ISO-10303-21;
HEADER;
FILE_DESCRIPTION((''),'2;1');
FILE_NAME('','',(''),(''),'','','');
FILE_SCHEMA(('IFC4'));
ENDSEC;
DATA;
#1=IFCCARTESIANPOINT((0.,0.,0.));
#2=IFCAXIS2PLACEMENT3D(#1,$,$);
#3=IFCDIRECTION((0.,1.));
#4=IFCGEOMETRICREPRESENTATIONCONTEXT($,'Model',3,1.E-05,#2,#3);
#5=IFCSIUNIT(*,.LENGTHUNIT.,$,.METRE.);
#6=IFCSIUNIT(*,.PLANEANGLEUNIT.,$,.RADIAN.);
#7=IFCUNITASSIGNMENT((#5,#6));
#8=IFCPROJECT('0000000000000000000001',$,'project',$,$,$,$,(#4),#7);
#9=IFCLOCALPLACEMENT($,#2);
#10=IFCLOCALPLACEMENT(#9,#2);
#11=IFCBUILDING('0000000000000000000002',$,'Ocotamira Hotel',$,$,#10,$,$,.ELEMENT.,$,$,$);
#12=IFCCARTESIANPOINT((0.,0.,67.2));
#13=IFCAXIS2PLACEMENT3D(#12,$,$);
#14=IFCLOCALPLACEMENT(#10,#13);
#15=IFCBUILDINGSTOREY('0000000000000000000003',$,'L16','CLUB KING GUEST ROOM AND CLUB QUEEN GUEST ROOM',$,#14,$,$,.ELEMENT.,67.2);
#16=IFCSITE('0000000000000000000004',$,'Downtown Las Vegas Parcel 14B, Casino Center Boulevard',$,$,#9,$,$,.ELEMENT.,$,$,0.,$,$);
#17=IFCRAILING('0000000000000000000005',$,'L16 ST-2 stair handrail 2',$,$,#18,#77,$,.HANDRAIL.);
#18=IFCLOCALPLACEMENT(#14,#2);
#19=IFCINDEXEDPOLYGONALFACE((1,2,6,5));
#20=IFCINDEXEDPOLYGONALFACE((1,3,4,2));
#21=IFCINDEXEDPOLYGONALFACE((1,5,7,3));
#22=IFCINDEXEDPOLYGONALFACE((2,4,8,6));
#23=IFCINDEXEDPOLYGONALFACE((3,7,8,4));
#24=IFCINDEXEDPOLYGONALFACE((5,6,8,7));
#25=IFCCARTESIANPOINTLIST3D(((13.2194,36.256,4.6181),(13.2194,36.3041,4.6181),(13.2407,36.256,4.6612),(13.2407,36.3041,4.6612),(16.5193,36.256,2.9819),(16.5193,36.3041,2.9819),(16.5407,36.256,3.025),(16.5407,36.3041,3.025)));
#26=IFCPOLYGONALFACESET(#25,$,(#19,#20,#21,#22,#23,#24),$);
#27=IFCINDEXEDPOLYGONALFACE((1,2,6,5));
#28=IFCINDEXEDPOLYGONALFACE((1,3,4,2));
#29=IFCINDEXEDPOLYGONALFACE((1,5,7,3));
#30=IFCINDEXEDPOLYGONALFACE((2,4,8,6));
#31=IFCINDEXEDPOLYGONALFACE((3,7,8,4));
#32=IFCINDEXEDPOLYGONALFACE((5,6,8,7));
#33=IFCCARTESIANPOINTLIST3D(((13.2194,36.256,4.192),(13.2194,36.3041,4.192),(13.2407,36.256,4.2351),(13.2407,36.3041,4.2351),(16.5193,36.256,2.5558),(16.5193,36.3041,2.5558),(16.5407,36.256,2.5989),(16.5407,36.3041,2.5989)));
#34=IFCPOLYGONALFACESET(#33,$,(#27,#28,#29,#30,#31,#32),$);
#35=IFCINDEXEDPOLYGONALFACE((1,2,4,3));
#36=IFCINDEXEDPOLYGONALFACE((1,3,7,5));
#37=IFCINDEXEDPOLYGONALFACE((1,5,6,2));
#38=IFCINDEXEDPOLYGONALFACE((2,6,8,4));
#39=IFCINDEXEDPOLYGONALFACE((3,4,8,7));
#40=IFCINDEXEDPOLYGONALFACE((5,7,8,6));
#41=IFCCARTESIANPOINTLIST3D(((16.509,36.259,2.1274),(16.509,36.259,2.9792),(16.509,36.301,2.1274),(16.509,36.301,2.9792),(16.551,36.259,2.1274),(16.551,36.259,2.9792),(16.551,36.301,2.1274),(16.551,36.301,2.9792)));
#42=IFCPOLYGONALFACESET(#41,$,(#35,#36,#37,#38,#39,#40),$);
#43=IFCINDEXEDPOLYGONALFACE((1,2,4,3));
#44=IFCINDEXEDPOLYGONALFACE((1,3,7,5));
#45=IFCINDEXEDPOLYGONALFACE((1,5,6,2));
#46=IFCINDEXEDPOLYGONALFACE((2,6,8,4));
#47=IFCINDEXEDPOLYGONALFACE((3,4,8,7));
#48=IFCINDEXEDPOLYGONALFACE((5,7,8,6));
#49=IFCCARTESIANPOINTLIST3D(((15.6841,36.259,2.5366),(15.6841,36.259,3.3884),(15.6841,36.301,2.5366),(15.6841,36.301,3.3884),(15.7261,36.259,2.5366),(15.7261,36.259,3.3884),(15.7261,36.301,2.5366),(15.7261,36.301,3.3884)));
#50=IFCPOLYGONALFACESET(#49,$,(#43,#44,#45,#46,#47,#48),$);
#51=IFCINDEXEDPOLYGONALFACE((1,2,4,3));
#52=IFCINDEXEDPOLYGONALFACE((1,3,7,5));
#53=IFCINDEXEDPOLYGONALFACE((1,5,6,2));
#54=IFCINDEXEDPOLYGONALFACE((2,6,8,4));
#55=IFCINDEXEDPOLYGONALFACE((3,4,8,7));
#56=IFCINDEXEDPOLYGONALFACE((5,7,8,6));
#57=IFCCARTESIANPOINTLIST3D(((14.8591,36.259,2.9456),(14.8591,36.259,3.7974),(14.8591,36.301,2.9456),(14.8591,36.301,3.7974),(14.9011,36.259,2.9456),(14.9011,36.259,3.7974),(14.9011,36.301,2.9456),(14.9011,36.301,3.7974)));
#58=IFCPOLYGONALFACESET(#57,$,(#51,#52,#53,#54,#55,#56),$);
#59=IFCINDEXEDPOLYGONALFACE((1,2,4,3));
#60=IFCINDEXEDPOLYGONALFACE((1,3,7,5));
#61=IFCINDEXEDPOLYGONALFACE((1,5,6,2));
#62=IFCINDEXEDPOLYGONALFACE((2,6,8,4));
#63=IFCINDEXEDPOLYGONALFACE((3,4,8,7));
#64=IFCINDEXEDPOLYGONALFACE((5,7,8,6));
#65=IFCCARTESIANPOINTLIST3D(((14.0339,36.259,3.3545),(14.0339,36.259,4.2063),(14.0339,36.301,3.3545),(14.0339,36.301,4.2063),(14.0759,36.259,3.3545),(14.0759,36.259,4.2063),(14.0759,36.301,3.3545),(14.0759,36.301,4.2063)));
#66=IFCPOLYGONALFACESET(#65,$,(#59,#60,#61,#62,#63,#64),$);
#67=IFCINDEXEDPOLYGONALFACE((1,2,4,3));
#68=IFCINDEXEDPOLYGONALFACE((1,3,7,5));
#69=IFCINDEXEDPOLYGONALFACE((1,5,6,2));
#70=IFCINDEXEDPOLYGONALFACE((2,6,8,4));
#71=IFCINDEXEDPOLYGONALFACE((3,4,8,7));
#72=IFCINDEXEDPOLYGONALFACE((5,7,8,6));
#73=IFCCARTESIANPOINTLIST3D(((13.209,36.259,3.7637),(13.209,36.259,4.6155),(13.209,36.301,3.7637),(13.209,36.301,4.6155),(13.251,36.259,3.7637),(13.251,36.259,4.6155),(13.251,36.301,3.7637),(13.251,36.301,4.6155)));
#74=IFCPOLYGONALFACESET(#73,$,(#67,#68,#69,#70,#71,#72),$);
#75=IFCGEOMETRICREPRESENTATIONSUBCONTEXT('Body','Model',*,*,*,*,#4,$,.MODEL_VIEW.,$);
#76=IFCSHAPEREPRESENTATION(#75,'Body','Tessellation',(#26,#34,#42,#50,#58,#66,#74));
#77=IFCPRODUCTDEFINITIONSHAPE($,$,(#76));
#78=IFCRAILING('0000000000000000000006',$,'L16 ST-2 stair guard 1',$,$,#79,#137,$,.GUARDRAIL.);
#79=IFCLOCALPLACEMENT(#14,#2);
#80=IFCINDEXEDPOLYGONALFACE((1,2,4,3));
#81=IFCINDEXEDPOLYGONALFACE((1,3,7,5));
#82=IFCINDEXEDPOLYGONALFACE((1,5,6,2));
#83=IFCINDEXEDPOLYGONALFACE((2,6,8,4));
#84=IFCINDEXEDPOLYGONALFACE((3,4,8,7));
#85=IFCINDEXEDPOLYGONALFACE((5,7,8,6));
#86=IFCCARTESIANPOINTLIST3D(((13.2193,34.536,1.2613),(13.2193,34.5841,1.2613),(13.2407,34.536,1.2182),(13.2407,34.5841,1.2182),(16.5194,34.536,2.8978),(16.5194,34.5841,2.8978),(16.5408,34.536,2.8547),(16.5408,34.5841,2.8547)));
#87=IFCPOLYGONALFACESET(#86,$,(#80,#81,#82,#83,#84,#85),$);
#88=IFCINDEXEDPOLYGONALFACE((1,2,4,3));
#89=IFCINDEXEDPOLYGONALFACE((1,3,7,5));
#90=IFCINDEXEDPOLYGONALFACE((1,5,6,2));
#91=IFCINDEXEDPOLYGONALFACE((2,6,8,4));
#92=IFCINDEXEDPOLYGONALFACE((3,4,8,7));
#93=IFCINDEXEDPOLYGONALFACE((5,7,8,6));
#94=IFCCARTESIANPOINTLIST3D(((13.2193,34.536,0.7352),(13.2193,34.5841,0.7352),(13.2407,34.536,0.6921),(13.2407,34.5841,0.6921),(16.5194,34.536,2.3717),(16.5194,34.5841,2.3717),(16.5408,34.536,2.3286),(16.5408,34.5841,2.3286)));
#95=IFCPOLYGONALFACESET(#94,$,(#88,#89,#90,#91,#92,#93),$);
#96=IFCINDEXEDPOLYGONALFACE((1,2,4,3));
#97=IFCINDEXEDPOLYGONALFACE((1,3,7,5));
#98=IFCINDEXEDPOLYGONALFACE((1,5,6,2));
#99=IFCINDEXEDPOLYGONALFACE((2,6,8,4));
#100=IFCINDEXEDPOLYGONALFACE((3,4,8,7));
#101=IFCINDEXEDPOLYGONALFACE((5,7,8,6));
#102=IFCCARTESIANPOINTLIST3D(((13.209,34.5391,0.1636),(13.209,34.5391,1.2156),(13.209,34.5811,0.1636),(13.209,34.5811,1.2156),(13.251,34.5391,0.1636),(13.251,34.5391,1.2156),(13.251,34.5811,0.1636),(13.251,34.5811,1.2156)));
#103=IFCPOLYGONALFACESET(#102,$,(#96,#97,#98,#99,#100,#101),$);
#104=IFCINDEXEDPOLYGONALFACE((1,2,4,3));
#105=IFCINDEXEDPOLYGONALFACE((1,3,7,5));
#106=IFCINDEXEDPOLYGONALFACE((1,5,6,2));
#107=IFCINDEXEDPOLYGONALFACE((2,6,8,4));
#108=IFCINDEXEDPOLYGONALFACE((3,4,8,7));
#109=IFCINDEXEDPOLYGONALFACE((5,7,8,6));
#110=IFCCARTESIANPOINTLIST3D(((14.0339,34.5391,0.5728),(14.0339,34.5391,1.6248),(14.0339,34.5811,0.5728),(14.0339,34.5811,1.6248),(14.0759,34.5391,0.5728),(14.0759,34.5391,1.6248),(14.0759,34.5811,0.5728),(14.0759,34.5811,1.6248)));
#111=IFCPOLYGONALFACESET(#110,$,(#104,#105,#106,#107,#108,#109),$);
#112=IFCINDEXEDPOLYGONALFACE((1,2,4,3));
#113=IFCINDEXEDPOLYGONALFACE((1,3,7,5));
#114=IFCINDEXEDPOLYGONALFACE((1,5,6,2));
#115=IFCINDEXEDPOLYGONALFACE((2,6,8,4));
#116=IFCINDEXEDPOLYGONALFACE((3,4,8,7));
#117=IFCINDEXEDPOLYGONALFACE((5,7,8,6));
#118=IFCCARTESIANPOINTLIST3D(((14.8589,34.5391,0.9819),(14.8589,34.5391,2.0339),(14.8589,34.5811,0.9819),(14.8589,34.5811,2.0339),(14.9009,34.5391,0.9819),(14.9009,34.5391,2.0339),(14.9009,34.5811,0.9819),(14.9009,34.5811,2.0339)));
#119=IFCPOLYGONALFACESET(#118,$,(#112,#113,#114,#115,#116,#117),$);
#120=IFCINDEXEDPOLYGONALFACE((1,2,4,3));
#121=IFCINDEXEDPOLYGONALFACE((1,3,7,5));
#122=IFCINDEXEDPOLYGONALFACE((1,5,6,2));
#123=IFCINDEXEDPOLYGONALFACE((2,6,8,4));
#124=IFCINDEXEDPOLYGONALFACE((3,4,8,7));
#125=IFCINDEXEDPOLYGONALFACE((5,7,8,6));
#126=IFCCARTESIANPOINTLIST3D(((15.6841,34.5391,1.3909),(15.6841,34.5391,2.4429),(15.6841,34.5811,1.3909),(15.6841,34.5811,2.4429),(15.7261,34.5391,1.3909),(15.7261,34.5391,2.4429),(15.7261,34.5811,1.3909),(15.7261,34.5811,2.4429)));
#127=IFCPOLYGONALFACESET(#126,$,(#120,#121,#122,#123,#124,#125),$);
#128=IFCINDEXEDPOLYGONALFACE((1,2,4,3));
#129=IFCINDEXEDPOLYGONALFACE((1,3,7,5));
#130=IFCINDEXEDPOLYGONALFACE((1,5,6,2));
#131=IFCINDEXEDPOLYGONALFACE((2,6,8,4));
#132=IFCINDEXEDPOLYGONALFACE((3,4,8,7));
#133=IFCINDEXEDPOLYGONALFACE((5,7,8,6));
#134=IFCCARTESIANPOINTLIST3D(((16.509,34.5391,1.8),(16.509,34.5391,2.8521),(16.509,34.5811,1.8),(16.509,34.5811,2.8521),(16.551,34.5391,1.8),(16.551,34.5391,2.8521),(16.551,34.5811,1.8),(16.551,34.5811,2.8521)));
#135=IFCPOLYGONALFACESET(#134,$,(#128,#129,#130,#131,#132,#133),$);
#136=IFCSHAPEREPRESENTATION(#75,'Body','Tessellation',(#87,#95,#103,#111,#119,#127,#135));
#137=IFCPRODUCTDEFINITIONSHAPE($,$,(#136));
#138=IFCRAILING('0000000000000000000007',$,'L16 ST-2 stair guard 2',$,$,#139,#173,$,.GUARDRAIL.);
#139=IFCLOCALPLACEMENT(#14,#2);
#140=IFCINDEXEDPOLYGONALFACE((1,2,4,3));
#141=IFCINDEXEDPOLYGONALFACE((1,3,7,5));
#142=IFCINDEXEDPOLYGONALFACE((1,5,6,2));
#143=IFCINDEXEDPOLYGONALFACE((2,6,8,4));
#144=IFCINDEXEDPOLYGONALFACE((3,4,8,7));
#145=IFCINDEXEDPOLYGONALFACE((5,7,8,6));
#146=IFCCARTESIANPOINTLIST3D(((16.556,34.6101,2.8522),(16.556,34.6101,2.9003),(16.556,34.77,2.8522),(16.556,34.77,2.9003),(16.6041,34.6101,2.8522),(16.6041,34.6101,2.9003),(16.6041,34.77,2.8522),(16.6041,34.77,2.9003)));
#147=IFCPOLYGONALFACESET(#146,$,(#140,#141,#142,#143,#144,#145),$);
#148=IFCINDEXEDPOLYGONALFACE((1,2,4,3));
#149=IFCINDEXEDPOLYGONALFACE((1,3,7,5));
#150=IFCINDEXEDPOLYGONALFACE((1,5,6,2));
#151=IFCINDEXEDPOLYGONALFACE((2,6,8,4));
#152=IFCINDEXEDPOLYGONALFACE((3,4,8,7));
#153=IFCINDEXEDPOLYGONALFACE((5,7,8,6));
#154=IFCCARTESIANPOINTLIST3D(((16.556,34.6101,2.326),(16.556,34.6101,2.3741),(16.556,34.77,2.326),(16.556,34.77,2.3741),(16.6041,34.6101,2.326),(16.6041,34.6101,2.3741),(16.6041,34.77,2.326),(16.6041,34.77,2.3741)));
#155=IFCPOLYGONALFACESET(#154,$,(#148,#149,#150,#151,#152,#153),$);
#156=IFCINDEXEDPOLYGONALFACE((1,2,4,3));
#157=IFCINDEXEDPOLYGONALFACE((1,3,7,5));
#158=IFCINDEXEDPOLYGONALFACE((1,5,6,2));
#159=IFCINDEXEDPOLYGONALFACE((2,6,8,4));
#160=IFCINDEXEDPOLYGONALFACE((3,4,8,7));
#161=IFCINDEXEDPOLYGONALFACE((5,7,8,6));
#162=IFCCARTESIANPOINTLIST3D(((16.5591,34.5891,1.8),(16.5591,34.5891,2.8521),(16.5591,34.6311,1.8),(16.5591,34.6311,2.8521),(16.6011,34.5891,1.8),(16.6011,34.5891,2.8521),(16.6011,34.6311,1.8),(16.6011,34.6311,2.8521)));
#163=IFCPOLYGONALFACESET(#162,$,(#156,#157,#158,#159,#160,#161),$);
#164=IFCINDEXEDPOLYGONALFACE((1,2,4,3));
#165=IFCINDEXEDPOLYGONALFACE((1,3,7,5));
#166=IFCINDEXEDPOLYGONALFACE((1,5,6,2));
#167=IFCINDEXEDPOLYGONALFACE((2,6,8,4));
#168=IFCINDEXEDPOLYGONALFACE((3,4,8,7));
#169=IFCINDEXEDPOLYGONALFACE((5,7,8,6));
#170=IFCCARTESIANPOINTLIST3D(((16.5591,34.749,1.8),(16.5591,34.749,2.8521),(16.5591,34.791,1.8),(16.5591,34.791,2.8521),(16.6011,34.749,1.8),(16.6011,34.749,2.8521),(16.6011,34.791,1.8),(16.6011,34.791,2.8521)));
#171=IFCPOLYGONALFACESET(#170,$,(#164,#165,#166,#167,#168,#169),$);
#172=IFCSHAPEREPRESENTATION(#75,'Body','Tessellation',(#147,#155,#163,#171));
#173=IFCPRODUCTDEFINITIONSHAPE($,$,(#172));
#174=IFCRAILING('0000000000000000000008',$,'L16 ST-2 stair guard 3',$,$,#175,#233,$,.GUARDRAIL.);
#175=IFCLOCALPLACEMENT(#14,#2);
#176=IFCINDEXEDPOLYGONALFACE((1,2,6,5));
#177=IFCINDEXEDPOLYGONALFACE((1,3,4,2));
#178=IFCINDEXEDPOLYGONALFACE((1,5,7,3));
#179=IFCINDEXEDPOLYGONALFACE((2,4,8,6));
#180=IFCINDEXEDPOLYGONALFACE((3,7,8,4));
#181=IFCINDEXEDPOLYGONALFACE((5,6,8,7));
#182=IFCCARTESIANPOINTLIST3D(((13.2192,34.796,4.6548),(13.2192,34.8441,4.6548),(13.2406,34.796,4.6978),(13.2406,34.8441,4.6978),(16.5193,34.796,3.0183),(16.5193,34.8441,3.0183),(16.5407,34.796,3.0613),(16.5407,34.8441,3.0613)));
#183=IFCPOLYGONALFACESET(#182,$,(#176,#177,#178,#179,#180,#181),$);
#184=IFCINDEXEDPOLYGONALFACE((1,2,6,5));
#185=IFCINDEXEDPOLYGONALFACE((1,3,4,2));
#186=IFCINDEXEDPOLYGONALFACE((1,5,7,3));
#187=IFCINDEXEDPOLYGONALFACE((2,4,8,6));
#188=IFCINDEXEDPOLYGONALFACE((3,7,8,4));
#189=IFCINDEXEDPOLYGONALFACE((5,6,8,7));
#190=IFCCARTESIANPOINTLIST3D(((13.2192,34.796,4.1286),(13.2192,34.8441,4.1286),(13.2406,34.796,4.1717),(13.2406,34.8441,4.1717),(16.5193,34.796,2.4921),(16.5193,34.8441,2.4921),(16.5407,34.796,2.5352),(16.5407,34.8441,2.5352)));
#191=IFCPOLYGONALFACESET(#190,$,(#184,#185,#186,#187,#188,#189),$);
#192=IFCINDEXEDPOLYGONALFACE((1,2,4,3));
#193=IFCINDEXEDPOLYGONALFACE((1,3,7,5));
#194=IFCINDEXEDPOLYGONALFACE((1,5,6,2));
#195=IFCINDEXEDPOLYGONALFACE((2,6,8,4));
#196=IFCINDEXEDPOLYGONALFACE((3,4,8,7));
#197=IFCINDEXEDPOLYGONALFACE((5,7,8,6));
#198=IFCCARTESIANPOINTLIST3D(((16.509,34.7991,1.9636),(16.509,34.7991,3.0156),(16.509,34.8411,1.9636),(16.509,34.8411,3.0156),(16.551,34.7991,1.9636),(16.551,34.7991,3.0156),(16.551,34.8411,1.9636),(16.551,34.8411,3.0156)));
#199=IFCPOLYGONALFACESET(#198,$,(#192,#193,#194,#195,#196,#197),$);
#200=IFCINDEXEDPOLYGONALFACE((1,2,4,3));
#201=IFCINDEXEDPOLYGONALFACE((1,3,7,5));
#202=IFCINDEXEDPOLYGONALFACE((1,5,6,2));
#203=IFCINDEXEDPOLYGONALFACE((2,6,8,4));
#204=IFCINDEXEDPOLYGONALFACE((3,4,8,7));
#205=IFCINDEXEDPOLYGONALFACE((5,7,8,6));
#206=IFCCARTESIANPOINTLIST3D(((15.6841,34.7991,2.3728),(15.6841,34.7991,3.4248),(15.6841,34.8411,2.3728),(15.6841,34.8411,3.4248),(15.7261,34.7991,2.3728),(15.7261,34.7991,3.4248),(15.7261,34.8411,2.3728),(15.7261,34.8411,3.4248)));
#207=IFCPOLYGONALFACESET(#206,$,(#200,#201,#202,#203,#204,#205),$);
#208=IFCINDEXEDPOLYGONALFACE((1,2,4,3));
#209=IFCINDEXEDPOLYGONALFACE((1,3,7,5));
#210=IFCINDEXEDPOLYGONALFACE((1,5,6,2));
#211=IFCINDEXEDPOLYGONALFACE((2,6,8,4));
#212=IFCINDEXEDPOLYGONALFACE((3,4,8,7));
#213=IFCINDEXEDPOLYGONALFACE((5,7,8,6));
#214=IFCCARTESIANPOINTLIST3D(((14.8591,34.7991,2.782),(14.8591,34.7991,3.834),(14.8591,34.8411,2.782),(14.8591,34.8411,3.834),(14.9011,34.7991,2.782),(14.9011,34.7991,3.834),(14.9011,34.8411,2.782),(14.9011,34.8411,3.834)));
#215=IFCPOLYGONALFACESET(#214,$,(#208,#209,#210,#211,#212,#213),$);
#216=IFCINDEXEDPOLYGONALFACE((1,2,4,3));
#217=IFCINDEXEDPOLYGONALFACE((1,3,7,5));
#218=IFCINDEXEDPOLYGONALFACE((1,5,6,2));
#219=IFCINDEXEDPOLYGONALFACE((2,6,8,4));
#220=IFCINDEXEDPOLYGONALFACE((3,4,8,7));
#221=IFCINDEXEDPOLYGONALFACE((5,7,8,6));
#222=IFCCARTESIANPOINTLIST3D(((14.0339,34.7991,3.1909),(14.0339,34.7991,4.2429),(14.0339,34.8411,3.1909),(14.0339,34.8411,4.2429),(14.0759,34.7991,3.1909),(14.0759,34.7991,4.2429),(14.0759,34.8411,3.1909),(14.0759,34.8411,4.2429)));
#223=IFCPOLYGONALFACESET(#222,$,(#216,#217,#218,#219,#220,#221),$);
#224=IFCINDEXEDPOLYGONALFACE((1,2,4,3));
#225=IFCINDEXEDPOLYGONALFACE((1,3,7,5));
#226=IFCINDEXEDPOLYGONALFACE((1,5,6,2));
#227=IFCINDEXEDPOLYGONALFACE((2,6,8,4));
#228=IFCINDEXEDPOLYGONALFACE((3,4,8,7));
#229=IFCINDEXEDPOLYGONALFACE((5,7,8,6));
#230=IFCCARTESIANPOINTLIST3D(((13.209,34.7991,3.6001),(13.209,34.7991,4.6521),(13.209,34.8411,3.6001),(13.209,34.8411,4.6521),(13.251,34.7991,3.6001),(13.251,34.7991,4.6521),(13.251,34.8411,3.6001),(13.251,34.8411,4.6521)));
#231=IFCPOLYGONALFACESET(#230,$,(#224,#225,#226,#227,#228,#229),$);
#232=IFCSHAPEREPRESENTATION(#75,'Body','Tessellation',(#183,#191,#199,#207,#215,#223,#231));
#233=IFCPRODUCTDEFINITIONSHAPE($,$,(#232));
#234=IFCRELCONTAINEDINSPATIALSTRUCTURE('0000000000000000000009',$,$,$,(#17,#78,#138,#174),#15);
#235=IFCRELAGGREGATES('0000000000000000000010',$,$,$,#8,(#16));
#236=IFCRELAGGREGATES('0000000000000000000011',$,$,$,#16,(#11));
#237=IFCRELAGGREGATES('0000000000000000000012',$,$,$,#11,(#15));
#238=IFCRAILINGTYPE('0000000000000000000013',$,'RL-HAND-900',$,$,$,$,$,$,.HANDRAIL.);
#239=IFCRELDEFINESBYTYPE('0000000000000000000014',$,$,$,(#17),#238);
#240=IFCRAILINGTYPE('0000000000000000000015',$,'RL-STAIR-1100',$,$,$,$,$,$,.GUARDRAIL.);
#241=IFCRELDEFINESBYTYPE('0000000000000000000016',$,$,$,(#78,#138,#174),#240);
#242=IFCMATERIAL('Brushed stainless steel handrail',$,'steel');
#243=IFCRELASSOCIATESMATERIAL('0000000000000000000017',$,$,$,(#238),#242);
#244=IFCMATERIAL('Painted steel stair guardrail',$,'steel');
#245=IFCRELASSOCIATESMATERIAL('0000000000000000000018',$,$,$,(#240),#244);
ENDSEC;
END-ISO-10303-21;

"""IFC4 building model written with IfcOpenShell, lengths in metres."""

from ifc_helpers import new_model, si_unit, direction, frame, origin, origin_2d, place, context, subcontext, project, spatial, rectangle, extrude, material, type_object, element, save


model = new_model("IFC4")

# Units and contexts
model_context = context("Model", 3, precision=1e-05, world=origin(), true_north=direction((0.0, 1.0)))
body_context = subcontext(model_context, "Body", "Model", "MODEL_VIEW")
ifc_project = project(units=[si_unit("LENGTHUNIT", "METRE"), si_unit("PLANEANGLEUNIT", "RADIAN")], contexts=[model_context])

# Site, building, storey
site_placement = place(None, origin())
site = spatial("IfcSite", under=ifc_project, at=site_placement, Name="Downtown Las Vegas Parcel 14B, Casino Center Boulevard", CompositionType="ELEMENT", RefElevation=0.0)
building_placement = place(site_placement, origin())
building = spatial("IfcBuilding", under=site, at=building_placement, Name="Ocotamira Hotel", CompositionType="ELEMENT")
storey_placement = place(building_placement, frame((0.0, 0.0, 67.2)))
storey = spatial("IfcBuildingStorey", under=building, at=storey_placement, Name="L16", Description="CLUB KING GUEST ROOM AND CLUB QUEEN GUEST ROOM", CompositionType="ELEMENT", Elevation=67.2)

# Railings
ifc_material_1 = material(Name="Brushed stainless steel handrail", Category="steel")
railing_type_1 = type_object("IfcRailingType", Name="RL-HAND-900", PredefinedType="HANDRAIL", material=ifc_material_1)
railing_1_placement = place(storey_placement, frame((16.53, 36.28, 2.1274)))
element("IfcRailing", 1, at=railing_1_placement, inside=storey, type_object=railing_type_1, Name="L16 ST-2 stair handrail 2", PredefinedType="HANDRAIL", context=body_context, shape_type="SweptSolid", body=[
    extrude(rectangle(XDim=0.0481, YDim=0.0481, at=origin_2d()), frame((0.0, 0.0, 0.876), z_axis=(-0.89592, 0.0, 0.444215), x_axis=(0.0, -1.0, 0.0)), (0.0, 0.0, 1.0), 3.6833),
    extrude(rectangle(XDim=0.0481, YDim=0.0481, at=origin_2d()), frame((0.0, 0.0, 0.45), z_axis=(-0.89592, 0.0, 0.444215), x_axis=(0.0, -1.0, 0.0)), (0.0, 0.0, 1.0), 3.6833),
    extrude(rectangle(XDim=0.042, YDim=0.042, at=origin_2d()), origin(), (0.0, 0.0, 1.0), 0.8518),
    extrude(rectangle(XDim=0.042, YDim=0.042, at=origin_2d()), frame((-0.825, 0.0, 0.4092)), (0.0, 0.0, 1.0), 0.8518),
    extrude(rectangle(XDim=0.042, YDim=0.042, at=origin_2d()), frame((-1.6499, 0.0, 0.8181)), (0.0, 0.0, 1.0), 0.8518),
    extrude(rectangle(XDim=0.042, YDim=0.042, at=origin_2d()), frame((-2.4751, 0.0, 1.2271)), (0.0, 0.0, 1.0), 0.8518),
    extrude(rectangle(XDim=0.042, YDim=0.042, at=origin_2d()), frame((-3.3, 0.0, 1.6362)), (0.0, 0.0, 1.0), 0.8518),
])
ifc_material_2 = material(Name="Painted steel stair guardrail", Category="steel")
railing_type_2 = type_object("IfcRailingType", Name="RL-STAIR-1100", PredefinedType="GUARDRAIL", material=ifc_material_2)
railing_2_placement = place(storey_placement, frame((13.23, 34.5601, 0.1636)))
element("IfcRailing", 2, at=railing_2_placement, inside=storey, type_object=railing_type_2, Name="L16 ST-2 stair guard 1", PredefinedType="GUARDRAIL", context=body_context, shape_type="SweptSolid", body=[
    extrude(rectangle(XDim=0.0481, YDim=0.0481, at=origin_2d()), frame((0.0, 0.0, 1.0762), z_axis=(0.895894, 0.0, 0.444268), x_axis=(0.0, 1.0, 0.0)), (0.0, 0.0, 1.0), 3.6836),
    extrude(rectangle(XDim=0.0481, YDim=0.0481, at=origin_2d()), frame((0.0, 0.0, 0.55), z_axis=(0.895894, 0.0, 0.444268), x_axis=(0.0, 1.0, 0.0)), (0.0, 0.0, 1.0), 3.6836),
    extrude(rectangle(XDim=0.042, YDim=0.042, at=origin_2d()), origin(), (0.0, 0.0, 1.0), 1.052),
    extrude(rectangle(XDim=0.042, YDim=0.042, at=origin_2d()), frame((0.825, 0.0, 0.4092)), (0.0, 0.0, 1.0), 1.052),
    extrude(rectangle(XDim=0.042, YDim=0.042, at=origin_2d()), frame((1.6499, 0.0, 0.8184)), (0.0, 0.0, 1.0), 1.052),
    extrude(rectangle(XDim=0.042, YDim=0.042, at=origin_2d()), frame((2.4751, 0.0, 1.2273)), (0.0, 0.0, 1.0), 1.052),
    extrude(rectangle(XDim=0.042, YDim=0.042, at=origin_2d()), frame((3.3, 0.0, 1.6365)), (0.0, 0.0, 1.0), 1.052),
])
railing_3_placement = place(storey_placement, frame((16.5801, 34.6101, 1.8)))
element("IfcRailing", 3, at=railing_3_placement, inside=storey, type_object=railing_type_2, Name="L16 ST-2 stair guard 2", PredefinedType="GUARDRAIL", context=body_context, shape_type="SweptSolid", body=[
    extrude(rectangle(XDim=0.0481, YDim=0.0481, at=origin_2d()), frame((0.0, 0.0, 1.0762), z_axis=(0.0, 1.0, 0.0), x_axis=(-1.0, 0.0, 0.0)), (0.0, 0.0, 1.0), 0.1599),
    extrude(rectangle(XDim=0.0481, YDim=0.0481, at=origin_2d()), frame((0.0, 0.0, 0.55), z_axis=(0.0, 1.0, 0.0), x_axis=(-1.0, 0.0, 0.0)), (0.0, 0.0, 1.0), 0.1599),
    extrude(rectangle(XDim=0.042, YDim=0.042, at=origin_2d()), origin(), (0.0, 0.0, 1.0), 1.052),
    extrude(rectangle(XDim=0.042, YDim=0.042, at=origin_2d()), frame((0.0, 0.1599, 0.0)), (0.0, 0.0, 1.0), 1.052),
])
railing_4_placement = place(storey_placement, frame((16.53, 34.8201, 1.9636)))
element("IfcRailing", 4, at=railing_4_placement, inside=storey, type_object=railing_type_2, Name="L16 ST-2 stair guard 3", PredefinedType="GUARDRAIL", context=body_context, shape_type="SweptSolid", body=[
    extrude(rectangle(XDim=0.0481, YDim=0.0481, at=origin_2d()), frame((0.0, 0.0, 1.0762), z_axis=(-0.895894, 0.0, 0.444268), x_axis=(0.0, -1.0, 0.0)), (0.0, 0.0, 1.0), 3.6836),
    extrude(rectangle(XDim=0.0481, YDim=0.0481, at=origin_2d()), frame((0.0, 0.0, 0.55), z_axis=(-0.895894, 0.0, 0.444268), x_axis=(0.0, -1.0, 0.0)), (0.0, 0.0, 1.0), 3.6836),
    extrude(rectangle(XDim=0.042, YDim=0.042, at=origin_2d()), origin(), (0.0, 0.0, 1.0), 1.052),
    extrude(rectangle(XDim=0.042, YDim=0.042, at=origin_2d()), frame((-0.825, 0.0, 0.4092)), (0.0, 0.0, 1.0), 1.052),
    extrude(rectangle(XDim=0.042, YDim=0.042, at=origin_2d()), frame((-1.6499, 0.0, 0.8184)), (0.0, 0.0, 1.0), 1.052),
    extrude(rectangle(XDim=0.042, YDim=0.042, at=origin_2d()), frame((-2.4751, 0.0, 1.2273)), (0.0, 0.0, 1.0), 1.052),
    extrude(rectangle(XDim=0.042, YDim=0.042, at=origin_2d()), frame((-3.3, 0.0, 1.6365)), (0.0, 0.0, 1.0), 1.052),
])

save(model, "model.ifc")
